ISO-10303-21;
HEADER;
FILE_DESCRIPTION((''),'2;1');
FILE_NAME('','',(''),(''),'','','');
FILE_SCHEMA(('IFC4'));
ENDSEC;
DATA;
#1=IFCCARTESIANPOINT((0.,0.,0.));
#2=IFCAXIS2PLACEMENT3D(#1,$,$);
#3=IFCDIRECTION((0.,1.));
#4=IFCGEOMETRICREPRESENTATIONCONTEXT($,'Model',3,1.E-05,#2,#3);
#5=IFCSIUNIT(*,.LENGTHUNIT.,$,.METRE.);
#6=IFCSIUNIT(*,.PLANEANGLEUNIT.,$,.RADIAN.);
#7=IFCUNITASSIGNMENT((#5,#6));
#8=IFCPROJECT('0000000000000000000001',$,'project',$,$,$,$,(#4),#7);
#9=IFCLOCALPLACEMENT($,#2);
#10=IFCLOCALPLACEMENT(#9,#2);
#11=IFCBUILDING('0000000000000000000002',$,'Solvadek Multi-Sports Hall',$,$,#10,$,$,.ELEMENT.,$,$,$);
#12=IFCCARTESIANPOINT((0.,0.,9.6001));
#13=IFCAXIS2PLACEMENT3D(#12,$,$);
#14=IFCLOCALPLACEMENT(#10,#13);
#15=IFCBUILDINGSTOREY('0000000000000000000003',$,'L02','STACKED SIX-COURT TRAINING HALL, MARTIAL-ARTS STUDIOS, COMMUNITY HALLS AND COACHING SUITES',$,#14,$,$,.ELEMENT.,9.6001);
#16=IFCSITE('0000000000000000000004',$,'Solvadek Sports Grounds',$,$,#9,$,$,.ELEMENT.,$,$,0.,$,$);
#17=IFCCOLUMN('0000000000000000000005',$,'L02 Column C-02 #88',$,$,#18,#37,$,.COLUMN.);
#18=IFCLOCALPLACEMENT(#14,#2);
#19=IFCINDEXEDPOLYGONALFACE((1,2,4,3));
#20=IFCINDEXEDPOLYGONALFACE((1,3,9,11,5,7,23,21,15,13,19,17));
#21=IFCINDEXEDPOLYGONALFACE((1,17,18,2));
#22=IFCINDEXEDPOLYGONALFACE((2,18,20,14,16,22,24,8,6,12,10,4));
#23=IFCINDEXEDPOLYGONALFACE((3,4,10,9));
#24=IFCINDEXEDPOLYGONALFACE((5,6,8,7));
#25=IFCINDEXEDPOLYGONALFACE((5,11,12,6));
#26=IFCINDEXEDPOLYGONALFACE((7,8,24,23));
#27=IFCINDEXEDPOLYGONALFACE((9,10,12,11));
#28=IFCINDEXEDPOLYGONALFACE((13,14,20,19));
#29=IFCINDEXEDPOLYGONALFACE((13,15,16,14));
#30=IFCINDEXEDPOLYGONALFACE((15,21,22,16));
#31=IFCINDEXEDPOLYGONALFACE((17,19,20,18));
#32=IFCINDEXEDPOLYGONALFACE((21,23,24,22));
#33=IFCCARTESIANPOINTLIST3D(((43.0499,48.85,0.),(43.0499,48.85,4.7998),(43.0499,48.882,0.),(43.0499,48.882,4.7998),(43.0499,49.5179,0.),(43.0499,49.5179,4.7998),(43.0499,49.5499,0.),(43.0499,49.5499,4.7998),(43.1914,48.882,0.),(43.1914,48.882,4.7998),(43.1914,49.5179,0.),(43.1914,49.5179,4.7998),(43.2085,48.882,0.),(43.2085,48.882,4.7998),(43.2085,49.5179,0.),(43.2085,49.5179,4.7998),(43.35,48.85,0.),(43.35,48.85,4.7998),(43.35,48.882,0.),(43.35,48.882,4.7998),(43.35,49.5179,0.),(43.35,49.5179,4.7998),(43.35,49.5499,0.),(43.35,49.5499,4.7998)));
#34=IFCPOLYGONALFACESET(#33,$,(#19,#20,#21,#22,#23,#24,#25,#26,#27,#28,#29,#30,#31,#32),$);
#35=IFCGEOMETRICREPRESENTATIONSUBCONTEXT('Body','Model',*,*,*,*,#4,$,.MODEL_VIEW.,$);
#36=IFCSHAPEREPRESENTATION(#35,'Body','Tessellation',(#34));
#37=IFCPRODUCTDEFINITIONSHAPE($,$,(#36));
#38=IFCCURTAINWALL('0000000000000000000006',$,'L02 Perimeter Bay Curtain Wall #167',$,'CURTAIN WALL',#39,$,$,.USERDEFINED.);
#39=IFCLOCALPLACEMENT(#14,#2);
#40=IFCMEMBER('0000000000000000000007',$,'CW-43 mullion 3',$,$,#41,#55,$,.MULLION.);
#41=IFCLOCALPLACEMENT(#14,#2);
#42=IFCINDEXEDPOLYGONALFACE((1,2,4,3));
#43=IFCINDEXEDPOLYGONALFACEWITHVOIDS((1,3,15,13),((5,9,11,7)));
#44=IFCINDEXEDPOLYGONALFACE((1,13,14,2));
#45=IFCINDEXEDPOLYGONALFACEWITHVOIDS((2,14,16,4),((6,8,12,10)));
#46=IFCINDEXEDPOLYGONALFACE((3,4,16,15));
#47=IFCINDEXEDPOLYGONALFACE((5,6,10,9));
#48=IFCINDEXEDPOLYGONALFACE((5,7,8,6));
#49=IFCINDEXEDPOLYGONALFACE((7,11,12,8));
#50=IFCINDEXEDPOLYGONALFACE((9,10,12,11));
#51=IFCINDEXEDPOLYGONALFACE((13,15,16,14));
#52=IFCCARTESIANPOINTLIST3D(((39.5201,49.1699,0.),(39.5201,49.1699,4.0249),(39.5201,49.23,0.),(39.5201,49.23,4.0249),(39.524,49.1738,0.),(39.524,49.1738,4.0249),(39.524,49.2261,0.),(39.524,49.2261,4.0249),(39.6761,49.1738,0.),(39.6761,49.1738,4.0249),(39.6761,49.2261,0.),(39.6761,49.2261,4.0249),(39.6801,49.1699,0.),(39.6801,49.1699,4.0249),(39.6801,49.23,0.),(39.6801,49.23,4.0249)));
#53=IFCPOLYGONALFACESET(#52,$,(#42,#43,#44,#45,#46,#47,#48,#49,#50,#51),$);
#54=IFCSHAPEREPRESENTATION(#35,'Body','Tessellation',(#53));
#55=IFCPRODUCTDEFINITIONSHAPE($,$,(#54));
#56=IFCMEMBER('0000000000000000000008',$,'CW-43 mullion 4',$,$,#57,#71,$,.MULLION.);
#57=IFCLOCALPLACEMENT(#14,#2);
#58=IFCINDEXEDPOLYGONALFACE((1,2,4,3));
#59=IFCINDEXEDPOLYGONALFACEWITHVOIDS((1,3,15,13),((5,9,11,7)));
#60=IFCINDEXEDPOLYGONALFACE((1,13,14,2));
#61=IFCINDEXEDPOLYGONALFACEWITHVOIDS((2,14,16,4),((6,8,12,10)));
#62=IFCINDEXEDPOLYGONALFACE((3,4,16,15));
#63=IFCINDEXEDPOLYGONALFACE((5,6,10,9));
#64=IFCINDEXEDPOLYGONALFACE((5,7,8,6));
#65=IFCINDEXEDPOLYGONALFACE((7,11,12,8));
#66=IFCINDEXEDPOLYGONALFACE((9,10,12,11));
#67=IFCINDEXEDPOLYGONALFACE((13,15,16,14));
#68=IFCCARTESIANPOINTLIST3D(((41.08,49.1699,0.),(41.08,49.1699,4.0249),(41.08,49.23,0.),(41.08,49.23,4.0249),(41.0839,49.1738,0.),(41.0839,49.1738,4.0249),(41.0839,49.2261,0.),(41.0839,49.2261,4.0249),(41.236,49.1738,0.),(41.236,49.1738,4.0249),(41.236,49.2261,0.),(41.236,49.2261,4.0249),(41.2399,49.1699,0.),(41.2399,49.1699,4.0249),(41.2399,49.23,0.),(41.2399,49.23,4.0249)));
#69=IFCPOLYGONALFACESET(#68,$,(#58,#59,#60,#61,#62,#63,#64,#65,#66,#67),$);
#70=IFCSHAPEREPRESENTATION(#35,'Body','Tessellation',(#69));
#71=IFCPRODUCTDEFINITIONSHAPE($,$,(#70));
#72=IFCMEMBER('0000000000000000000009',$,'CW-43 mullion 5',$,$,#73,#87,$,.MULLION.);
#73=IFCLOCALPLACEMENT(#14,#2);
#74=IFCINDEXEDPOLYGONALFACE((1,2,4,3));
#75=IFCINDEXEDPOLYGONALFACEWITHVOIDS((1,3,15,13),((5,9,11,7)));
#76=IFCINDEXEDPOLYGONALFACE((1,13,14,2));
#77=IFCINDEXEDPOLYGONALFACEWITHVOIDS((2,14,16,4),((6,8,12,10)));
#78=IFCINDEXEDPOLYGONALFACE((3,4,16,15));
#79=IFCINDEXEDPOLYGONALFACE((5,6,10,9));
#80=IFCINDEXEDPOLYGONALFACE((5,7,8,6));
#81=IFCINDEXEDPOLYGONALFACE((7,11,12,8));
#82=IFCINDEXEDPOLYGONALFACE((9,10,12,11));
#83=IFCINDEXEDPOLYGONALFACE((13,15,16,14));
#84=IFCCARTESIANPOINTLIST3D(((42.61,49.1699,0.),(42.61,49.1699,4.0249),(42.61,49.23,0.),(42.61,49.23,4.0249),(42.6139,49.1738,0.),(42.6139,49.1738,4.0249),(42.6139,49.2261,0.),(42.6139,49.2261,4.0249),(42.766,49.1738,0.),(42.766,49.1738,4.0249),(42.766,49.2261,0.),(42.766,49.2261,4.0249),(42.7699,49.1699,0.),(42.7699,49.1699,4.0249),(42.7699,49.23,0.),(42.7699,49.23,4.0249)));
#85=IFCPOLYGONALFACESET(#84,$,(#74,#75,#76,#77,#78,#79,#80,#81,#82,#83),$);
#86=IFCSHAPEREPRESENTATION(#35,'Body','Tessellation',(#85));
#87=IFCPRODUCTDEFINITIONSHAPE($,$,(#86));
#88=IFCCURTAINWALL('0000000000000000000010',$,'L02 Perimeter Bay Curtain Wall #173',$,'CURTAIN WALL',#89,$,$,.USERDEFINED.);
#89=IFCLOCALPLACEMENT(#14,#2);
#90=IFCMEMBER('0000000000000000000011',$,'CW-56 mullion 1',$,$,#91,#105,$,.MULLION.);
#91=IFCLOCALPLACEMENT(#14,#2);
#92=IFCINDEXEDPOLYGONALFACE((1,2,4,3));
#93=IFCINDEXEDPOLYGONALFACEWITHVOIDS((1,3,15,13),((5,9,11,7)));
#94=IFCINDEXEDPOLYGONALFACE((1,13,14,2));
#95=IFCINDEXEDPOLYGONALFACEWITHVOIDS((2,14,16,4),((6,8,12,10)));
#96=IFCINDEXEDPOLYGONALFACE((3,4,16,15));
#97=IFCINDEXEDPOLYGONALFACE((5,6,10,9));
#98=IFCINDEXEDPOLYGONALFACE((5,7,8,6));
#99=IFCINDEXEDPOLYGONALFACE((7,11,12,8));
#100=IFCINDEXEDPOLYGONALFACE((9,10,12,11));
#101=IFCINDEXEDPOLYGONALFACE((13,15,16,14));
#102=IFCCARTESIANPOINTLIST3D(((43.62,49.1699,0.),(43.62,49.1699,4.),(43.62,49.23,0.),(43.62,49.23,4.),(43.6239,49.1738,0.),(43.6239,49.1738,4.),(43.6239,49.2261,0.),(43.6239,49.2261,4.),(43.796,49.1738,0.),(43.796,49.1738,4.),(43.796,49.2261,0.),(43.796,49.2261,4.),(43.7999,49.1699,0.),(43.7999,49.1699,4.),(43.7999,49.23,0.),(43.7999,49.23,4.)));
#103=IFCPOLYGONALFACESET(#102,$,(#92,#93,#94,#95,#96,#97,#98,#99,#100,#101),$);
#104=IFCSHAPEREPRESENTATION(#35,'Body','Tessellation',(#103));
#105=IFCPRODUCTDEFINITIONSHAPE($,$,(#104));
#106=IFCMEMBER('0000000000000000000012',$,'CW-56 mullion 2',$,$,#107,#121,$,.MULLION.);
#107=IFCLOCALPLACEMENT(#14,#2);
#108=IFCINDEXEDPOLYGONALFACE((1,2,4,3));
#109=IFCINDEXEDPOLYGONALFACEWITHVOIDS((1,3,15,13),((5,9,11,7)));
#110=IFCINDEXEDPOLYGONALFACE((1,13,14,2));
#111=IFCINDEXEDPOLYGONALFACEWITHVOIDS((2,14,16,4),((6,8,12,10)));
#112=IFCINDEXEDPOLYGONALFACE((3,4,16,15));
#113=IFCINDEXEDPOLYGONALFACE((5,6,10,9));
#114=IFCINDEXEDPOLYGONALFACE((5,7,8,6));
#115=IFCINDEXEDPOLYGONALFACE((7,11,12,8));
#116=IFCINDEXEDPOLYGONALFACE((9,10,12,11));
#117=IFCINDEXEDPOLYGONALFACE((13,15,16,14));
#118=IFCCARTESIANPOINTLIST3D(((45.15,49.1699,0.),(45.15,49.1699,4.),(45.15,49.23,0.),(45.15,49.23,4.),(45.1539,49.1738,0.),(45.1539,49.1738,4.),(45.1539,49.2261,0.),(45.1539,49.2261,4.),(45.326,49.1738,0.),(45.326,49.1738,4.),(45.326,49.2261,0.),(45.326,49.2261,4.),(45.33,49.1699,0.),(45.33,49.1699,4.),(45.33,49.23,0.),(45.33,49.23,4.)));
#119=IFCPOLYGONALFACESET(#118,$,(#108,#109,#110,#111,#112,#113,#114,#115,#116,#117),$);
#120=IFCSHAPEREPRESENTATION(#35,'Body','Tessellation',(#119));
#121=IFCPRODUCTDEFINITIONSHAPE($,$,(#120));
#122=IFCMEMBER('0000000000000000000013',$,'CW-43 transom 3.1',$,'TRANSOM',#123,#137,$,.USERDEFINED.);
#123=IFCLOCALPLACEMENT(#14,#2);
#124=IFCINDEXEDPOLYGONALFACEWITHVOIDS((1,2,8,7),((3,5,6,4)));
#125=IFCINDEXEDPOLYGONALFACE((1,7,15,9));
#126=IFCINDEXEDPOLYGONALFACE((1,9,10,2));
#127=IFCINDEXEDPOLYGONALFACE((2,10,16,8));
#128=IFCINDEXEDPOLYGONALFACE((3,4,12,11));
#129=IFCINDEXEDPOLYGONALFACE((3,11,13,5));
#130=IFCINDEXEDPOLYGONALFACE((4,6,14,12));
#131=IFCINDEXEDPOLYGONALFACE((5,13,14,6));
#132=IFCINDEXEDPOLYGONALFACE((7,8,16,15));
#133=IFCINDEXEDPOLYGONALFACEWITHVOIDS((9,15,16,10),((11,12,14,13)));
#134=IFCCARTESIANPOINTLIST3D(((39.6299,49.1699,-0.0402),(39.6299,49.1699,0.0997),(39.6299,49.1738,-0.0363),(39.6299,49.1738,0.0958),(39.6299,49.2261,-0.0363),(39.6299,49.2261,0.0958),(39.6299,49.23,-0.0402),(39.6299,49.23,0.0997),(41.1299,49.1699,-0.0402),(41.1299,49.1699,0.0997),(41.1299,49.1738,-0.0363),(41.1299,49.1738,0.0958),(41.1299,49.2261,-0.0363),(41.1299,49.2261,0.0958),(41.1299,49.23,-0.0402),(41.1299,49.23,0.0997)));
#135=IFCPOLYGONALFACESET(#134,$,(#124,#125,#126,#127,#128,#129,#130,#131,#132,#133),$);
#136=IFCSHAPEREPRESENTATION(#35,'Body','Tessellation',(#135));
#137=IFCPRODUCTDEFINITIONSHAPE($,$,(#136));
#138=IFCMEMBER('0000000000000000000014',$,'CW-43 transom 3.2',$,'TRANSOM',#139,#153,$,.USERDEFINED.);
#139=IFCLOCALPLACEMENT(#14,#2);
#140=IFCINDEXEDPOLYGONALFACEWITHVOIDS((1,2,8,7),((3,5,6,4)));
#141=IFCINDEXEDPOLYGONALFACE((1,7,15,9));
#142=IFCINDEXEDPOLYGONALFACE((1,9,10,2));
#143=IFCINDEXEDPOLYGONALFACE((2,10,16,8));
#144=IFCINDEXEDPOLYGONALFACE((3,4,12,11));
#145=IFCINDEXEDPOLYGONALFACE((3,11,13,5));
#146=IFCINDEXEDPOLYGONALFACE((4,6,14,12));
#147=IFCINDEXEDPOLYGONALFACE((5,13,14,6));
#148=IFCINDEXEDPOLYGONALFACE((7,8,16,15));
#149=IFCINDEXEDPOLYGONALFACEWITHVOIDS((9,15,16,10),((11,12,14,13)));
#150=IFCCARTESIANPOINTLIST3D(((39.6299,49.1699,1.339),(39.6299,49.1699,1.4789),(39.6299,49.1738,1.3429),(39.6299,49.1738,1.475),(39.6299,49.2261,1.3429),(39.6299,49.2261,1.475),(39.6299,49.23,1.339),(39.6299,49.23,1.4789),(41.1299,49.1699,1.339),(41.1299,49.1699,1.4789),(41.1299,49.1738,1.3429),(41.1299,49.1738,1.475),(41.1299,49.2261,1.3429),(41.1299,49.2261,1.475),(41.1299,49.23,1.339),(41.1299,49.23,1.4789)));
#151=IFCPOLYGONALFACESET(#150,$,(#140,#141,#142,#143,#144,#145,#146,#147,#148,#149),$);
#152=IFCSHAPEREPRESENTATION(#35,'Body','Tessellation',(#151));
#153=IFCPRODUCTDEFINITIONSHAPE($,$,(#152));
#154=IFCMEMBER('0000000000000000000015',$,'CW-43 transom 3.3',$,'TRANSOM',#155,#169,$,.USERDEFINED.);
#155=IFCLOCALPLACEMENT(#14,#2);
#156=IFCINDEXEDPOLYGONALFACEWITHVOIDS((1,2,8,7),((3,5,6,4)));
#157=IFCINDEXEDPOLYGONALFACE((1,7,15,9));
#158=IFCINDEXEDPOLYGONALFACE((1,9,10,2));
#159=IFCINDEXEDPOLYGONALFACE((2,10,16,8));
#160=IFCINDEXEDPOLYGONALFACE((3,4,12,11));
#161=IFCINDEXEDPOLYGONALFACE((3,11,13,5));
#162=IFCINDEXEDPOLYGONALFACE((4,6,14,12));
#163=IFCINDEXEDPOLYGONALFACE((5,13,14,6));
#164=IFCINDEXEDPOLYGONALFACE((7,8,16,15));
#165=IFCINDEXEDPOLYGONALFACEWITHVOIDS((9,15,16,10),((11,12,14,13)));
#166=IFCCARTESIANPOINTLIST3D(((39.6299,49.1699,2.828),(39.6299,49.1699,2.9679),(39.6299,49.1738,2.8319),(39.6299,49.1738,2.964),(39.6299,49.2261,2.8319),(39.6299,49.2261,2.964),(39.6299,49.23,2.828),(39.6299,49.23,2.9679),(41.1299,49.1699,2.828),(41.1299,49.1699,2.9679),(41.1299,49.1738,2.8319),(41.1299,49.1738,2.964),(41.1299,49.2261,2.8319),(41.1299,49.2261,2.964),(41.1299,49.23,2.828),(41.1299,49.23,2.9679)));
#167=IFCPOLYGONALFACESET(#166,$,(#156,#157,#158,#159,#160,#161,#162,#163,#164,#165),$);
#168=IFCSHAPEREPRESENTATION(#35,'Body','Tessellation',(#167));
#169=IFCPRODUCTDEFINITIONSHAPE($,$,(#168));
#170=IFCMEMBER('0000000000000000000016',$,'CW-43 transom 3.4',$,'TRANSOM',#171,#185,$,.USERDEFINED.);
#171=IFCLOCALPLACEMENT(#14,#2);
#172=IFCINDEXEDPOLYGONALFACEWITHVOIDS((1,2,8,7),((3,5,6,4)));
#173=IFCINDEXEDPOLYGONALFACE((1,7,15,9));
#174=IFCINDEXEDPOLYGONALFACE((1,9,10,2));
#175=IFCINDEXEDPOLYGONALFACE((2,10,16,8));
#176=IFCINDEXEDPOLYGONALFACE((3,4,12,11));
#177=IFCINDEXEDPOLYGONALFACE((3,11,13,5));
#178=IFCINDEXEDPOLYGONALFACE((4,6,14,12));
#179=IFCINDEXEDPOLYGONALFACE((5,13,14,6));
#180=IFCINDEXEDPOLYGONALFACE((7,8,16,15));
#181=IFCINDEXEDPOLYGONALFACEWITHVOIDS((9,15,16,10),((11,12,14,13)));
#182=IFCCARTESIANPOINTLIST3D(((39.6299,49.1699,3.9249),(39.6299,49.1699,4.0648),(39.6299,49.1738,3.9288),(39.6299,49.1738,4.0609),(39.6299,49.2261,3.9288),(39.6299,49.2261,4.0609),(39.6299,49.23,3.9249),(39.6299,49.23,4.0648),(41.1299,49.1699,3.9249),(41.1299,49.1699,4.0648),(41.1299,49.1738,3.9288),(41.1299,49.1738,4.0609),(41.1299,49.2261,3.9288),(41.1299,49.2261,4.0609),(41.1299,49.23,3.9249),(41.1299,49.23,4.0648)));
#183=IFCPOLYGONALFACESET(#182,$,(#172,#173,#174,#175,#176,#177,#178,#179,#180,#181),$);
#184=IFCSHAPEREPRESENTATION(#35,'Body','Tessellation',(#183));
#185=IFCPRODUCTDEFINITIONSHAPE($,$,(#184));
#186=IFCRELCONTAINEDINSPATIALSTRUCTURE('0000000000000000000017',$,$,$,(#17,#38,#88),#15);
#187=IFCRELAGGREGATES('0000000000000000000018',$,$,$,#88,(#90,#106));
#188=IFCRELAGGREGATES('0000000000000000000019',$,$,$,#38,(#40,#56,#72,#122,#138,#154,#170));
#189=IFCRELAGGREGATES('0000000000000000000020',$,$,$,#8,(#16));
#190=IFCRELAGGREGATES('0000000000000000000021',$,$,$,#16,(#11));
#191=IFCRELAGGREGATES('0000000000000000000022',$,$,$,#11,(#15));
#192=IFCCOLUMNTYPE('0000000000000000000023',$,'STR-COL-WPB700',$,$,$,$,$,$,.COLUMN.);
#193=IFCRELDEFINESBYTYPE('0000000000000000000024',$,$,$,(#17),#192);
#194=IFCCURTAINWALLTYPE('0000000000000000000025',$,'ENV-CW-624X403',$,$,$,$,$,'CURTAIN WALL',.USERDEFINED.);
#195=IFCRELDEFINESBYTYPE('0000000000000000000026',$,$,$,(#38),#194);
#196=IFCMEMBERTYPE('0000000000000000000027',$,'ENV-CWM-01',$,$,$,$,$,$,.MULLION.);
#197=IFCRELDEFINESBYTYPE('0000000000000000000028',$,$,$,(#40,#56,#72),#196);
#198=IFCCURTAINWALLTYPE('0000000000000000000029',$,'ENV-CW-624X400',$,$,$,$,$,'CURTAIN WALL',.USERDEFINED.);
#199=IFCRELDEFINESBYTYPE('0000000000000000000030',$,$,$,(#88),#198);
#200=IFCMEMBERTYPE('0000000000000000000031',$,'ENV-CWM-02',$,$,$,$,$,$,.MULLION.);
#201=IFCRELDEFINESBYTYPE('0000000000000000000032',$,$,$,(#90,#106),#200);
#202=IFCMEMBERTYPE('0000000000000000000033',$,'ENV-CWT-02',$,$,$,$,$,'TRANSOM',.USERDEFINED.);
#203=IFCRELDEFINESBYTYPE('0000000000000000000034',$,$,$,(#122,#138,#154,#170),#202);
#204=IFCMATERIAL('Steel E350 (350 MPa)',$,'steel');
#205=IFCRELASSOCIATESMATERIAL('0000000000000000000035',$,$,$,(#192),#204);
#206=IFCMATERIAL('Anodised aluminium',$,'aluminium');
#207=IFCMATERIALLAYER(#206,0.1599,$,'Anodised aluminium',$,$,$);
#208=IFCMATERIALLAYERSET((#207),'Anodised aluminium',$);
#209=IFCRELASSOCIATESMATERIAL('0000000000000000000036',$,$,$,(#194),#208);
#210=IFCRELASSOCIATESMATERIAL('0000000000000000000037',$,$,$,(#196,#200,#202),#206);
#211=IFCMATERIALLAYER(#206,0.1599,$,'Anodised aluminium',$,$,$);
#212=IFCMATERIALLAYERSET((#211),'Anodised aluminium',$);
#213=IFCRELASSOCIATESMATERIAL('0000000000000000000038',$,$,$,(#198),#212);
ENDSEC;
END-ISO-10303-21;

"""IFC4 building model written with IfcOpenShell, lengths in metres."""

from ifc_helpers import new_model, si_unit, direction, frame, origin, origin_2d, place, context, subcontext, project, spatial, hollow_rectangle, i_section, extrude, material, layer, layer_set, material_profile, profile_set, type_object, element, aggregate, save


model = new_model("IFC4")

# Units and contexts
model_context = context("Model", 3, precision=1e-05, world=origin(), true_north=direction((0.0, 1.0)))
body_context = subcontext(model_context, "Body", "Model", "MODEL_VIEW")
ifc_project = project(units=[si_unit("LENGTHUNIT", "METRE"), si_unit("PLANEANGLEUNIT", "RADIAN")], contexts=[model_context])

# Site, building, storey
site_placement = place(None, origin())
site = spatial("IfcSite", under=ifc_project, at=site_placement, Name="Solvadek Sports Grounds", CompositionType="ELEMENT", RefElevation=0.0)
building_placement = place(site_placement, origin())
building = spatial("IfcBuilding", under=site, at=building_placement, Name="Solvadek Multi-Sports Hall", CompositionType="ELEMENT")
storey_placement = place(building_placement, frame((0.0, 0.0, 9.6001)))
storey = spatial("IfcBuildingStorey", under=building, at=storey_placement, Name="L02", Description="STACKED SIX-COURT TRAINING HALL, MARTIAL-ARTS STUDIOS, COMMUNITY HALLS AND COACHING SUITES", CompositionType="ELEMENT", Elevation=9.6001)

# Column
ifc_material_1 = material(Name="Steel E350 (350 MPa)", Category="steel")
ifc_material_profile_1 = material_profile(ifc_material_1, i_section(OverallWidth=0.3, OverallDepth=0.7, WebThickness=0.0171, FlangeThickness=0.032, at=origin_2d()), Name="WPB 700")
ifc_profile_set_1 = profile_set([ifc_material_profile_1], Name="Steel E350 (350 MPa)")
column_type = type_object("IfcColumnType", Name="STR-COL-WPB700", PredefinedType="COLUMN", material=ifc_profile_set_1)
column_placement = place(storey_placement, frame((43.2, 49.2, 0.0), z_axis=(0.0, 0.0, 1.0), x_axis=(1.0, 0.0, 0.0)))
element("IfcColumn", 1, at=column_placement, inside=storey, type_object=column_type, Name="L02 Column C-02 #88", PredefinedType="COLUMN", context=body_context, shape_type="SweptSolid", body=[
    extrude(i_section(OverallWidth=0.3, OverallDepth=0.7, WebThickness=0.0171, FlangeThickness=0.032, at=origin_2d()), origin(), (0.0, 0.0, 1.0), 4.7998),
])

# Curtain walls, members
ifc_material_2 = material(Name="Anodised aluminium", Category="aluminium")
ifc_layer_1 = layer(ifc_material_2, 0.1599, Name="Anodised aluminium")
ifc_layer_set_1 = layer_set([ifc_layer_1], Name="Anodised aluminium")
curtain_wall_type_1 = type_object("IfcCurtainWallType", Name="ENV-CW-624X403", ElementType="CURTAIN WALL", PredefinedType="USERDEFINED", material=ifc_layer_set_1)
curtain_wall_1_placement = place(storey_placement, origin())
curtain_wall_1 = element("IfcCurtainWall", 2, at=curtain_wall_1_placement, inside=storey, type_object=curtain_wall_type_1, Name="L02 Perimeter Bay Curtain Wall #167", ObjectType="CURTAIN WALL", PredefinedType="USERDEFINED")
ifc_material_profile_2 = material_profile(ifc_material_2, hollow_rectangle(XDim=0.0601, YDim=0.1599, WallThickness=0.0039, at=origin_2d()), Name="ALU-M 160x60x4")
ifc_profile_set_2 = profile_set([ifc_material_profile_2], Name="Anodised aluminium")
member_type_1 = type_object("IfcMemberType", Name="ENV-CWM-01", PredefinedType="MULLION", material=ifc_profile_set_2)
member_1_placement = place(storey_placement, frame((39.6001, 49.2, 0.0), z_axis=(0.0, 0.0, 1.0), x_axis=(0.0, 1.0, 0.0)))
member_1 = element("IfcMember", 3, at=member_1_placement, type_object=member_type_1, Name="CW-43 mullion 3", PredefinedType="MULLION", context=body_context, shape_type="SweptSolid", body=[
    extrude(hollow_rectangle(XDim=0.0601, YDim=0.1599, WallThickness=0.0039, at=origin_2d()), origin(), (0.0, 0.0, 1.0), 4.0249),
])
member_2_placement = place(storey_placement, frame((41.1599, 49.2, 0.0), z_axis=(0.0, 0.0, 1.0), x_axis=(0.0, 1.0, 0.0)))
member_2 = element("IfcMember", 4, at=member_2_placement, type_object=member_type_1, Name="CW-43 mullion 4", PredefinedType="MULLION", context=body_context, shape_type="SweptSolid", body=[
    extrude(hollow_rectangle(XDim=0.0601, YDim=0.1599, WallThickness=0.0039, at=origin_2d()), origin(), (0.0, 0.0, 1.0), 4.0249),
])
member_3_placement = place(storey_placement, frame((42.6899, 49.2, 0.0), z_axis=(0.0, 0.0, 1.0), x_axis=(0.0, 1.0, 0.0)))
member_3 = element("IfcMember", 5, at=member_3_placement, type_object=member_type_1, Name="CW-43 mullion 5", PredefinedType="MULLION", context=body_context, shape_type="SweptSolid", body=[
    extrude(hollow_rectangle(XDim=0.0601, YDim=0.1599, WallThickness=0.0039, at=origin_2d()), origin(), (0.0, 0.0, 1.0), 4.0249),
])
ifc_layer_2 = layer(ifc_material_2, 0.1599, Name="Anodised aluminium")
ifc_layer_set_2 = layer_set([ifc_layer_2], Name="Anodised aluminium")
curtain_wall_type_2 = type_object("IfcCurtainWallType", Name="ENV-CW-624X400", ElementType="CURTAIN WALL", PredefinedType="USERDEFINED", material=ifc_layer_set_2)
curtain_wall_2_placement = place(storey_placement, origin())
curtain_wall_2 = element("IfcCurtainWall", 6, at=curtain_wall_2_placement, inside=storey, type_object=curtain_wall_type_2, Name="L02 Perimeter Bay Curtain Wall #173", ObjectType="CURTAIN WALL", PredefinedType="USERDEFINED")
ifc_material_profile_3 = material_profile(ifc_material_2, hollow_rectangle(XDim=0.0601, YDim=0.1799, WallThickness=0.0039, at=origin_2d()), Name="ALU-M 180x60x4")
ifc_profile_set_3 = profile_set([ifc_material_profile_3], Name="Anodised aluminium")
member_type_2 = type_object("IfcMemberType", Name="ENV-CWM-02", PredefinedType="MULLION", material=ifc_profile_set_3)
member_4_placement = place(storey_placement, frame((43.71, 49.2, 0.0), z_axis=(0.0, 0.0, 1.0), x_axis=(0.0, 1.0, 0.0)))
member_4 = element("IfcMember", 7, at=member_4_placement, type_object=member_type_2, Name="CW-56 mullion 1", PredefinedType="MULLION", context=body_context, shape_type="SweptSolid", body=[
    extrude(hollow_rectangle(XDim=0.0601, YDim=0.1799, WallThickness=0.0039, at=origin_2d()), origin(), (0.0, 0.0, 1.0), 4.0),
])
member_5_placement = place(storey_placement, frame((45.24, 49.2, 0.0), z_axis=(0.0, 0.0, 1.0), x_axis=(0.0, 1.0, 0.0)))
member_5 = element("IfcMember", 8, at=member_5_placement, type_object=member_type_2, Name="CW-56 mullion 2", PredefinedType="MULLION", context=body_context, shape_type="SweptSolid", body=[
    extrude(hollow_rectangle(XDim=0.0601, YDim=0.1799, WallThickness=0.0039, at=origin_2d()), origin(), (0.0, 0.0, 1.0), 4.0),
])

# Members
ifc_material_profile_4 = material_profile(ifc_material_2, hollow_rectangle(XDim=0.0601, YDim=0.1399, WallThickness=0.0039, at=origin_2d()), Name="ALU-T 140x60x4")
ifc_profile_set_4 = profile_set([ifc_material_profile_4], Name="Anodised aluminium")
member_type_3 = type_object("IfcMemberType", Name="ENV-CWT-02", ElementType="TRANSOM", PredefinedType="USERDEFINED", material=ifc_profile_set_4)
member_6_placement = place(storey_placement, frame((39.6299, 49.2, 0.0298), z_axis=(1.0, 0.0, 0.0), x_axis=(0.0, 1.0, 0.0)))
member_6 = element("IfcMember", 9, at=member_6_placement, type_object=member_type_3, Name="CW-43 transom 3.1", ObjectType="TRANSOM", PredefinedType="USERDEFINED", context=body_context, shape_type="SweptSolid", body=[
    extrude(hollow_rectangle(XDim=0.0601, YDim=0.1399, WallThickness=0.0039, at=origin_2d()), origin(), (0.0, 0.0, 1.0), 1.5),
])
member_7_placement = place(storey_placement, frame((39.6299, 49.2, 1.4089), z_axis=(1.0, 0.0, 0.0), x_axis=(0.0, 1.0, 0.0)))
member_7 = element("IfcMember", 10, at=member_7_placement, type_object=member_type_3, Name="CW-43 transom 3.2", ObjectType="TRANSOM", PredefinedType="USERDEFINED", context=body_context, shape_type="SweptSolid", body=[
    extrude(hollow_rectangle(XDim=0.0601, YDim=0.1399, WallThickness=0.0039, at=origin_2d()), origin(), (0.0, 0.0, 1.0), 1.5),
])
member_8_placement = place(storey_placement, frame((39.6299, 49.2, 2.8979), z_axis=(1.0, 0.0, 0.0), x_axis=(0.0, 1.0, 0.0)))
member_8 = element("IfcMember", 11, at=member_8_placement, type_object=member_type_3, Name="CW-43 transom 3.3", ObjectType="TRANSOM", PredefinedType="USERDEFINED", context=body_context, shape_type="SweptSolid", body=[
    extrude(hollow_rectangle(XDim=0.0601, YDim=0.1399, WallThickness=0.0039, at=origin_2d()), origin(), (0.0, 0.0, 1.0), 1.5),
])
member_9_placement = place(storey_placement, frame((39.6299, 49.2, 3.9949), z_axis=(1.0, 0.0, 0.0), x_axis=(0.0, 1.0, 0.0)))
member_9 = element("IfcMember", 12, at=member_9_placement, type_object=member_type_3, Name="CW-43 transom 3.4", ObjectType="TRANSOM", PredefinedType="USERDEFINED", context=body_context, shape_type="SweptSolid", body=[
    extrude(hollow_rectangle(XDim=0.0601, YDim=0.1399, WallThickness=0.0039, at=origin_2d()), origin(), (0.0, 0.0, 1.0), 1.5),
])

aggregate(curtain_wall_2, [member_4, member_5])
aggregate(curtain_wall_1, [member_1, member_2, member_3, member_6, member_7, member_8, member_9])

save(model, "model.ifc")
